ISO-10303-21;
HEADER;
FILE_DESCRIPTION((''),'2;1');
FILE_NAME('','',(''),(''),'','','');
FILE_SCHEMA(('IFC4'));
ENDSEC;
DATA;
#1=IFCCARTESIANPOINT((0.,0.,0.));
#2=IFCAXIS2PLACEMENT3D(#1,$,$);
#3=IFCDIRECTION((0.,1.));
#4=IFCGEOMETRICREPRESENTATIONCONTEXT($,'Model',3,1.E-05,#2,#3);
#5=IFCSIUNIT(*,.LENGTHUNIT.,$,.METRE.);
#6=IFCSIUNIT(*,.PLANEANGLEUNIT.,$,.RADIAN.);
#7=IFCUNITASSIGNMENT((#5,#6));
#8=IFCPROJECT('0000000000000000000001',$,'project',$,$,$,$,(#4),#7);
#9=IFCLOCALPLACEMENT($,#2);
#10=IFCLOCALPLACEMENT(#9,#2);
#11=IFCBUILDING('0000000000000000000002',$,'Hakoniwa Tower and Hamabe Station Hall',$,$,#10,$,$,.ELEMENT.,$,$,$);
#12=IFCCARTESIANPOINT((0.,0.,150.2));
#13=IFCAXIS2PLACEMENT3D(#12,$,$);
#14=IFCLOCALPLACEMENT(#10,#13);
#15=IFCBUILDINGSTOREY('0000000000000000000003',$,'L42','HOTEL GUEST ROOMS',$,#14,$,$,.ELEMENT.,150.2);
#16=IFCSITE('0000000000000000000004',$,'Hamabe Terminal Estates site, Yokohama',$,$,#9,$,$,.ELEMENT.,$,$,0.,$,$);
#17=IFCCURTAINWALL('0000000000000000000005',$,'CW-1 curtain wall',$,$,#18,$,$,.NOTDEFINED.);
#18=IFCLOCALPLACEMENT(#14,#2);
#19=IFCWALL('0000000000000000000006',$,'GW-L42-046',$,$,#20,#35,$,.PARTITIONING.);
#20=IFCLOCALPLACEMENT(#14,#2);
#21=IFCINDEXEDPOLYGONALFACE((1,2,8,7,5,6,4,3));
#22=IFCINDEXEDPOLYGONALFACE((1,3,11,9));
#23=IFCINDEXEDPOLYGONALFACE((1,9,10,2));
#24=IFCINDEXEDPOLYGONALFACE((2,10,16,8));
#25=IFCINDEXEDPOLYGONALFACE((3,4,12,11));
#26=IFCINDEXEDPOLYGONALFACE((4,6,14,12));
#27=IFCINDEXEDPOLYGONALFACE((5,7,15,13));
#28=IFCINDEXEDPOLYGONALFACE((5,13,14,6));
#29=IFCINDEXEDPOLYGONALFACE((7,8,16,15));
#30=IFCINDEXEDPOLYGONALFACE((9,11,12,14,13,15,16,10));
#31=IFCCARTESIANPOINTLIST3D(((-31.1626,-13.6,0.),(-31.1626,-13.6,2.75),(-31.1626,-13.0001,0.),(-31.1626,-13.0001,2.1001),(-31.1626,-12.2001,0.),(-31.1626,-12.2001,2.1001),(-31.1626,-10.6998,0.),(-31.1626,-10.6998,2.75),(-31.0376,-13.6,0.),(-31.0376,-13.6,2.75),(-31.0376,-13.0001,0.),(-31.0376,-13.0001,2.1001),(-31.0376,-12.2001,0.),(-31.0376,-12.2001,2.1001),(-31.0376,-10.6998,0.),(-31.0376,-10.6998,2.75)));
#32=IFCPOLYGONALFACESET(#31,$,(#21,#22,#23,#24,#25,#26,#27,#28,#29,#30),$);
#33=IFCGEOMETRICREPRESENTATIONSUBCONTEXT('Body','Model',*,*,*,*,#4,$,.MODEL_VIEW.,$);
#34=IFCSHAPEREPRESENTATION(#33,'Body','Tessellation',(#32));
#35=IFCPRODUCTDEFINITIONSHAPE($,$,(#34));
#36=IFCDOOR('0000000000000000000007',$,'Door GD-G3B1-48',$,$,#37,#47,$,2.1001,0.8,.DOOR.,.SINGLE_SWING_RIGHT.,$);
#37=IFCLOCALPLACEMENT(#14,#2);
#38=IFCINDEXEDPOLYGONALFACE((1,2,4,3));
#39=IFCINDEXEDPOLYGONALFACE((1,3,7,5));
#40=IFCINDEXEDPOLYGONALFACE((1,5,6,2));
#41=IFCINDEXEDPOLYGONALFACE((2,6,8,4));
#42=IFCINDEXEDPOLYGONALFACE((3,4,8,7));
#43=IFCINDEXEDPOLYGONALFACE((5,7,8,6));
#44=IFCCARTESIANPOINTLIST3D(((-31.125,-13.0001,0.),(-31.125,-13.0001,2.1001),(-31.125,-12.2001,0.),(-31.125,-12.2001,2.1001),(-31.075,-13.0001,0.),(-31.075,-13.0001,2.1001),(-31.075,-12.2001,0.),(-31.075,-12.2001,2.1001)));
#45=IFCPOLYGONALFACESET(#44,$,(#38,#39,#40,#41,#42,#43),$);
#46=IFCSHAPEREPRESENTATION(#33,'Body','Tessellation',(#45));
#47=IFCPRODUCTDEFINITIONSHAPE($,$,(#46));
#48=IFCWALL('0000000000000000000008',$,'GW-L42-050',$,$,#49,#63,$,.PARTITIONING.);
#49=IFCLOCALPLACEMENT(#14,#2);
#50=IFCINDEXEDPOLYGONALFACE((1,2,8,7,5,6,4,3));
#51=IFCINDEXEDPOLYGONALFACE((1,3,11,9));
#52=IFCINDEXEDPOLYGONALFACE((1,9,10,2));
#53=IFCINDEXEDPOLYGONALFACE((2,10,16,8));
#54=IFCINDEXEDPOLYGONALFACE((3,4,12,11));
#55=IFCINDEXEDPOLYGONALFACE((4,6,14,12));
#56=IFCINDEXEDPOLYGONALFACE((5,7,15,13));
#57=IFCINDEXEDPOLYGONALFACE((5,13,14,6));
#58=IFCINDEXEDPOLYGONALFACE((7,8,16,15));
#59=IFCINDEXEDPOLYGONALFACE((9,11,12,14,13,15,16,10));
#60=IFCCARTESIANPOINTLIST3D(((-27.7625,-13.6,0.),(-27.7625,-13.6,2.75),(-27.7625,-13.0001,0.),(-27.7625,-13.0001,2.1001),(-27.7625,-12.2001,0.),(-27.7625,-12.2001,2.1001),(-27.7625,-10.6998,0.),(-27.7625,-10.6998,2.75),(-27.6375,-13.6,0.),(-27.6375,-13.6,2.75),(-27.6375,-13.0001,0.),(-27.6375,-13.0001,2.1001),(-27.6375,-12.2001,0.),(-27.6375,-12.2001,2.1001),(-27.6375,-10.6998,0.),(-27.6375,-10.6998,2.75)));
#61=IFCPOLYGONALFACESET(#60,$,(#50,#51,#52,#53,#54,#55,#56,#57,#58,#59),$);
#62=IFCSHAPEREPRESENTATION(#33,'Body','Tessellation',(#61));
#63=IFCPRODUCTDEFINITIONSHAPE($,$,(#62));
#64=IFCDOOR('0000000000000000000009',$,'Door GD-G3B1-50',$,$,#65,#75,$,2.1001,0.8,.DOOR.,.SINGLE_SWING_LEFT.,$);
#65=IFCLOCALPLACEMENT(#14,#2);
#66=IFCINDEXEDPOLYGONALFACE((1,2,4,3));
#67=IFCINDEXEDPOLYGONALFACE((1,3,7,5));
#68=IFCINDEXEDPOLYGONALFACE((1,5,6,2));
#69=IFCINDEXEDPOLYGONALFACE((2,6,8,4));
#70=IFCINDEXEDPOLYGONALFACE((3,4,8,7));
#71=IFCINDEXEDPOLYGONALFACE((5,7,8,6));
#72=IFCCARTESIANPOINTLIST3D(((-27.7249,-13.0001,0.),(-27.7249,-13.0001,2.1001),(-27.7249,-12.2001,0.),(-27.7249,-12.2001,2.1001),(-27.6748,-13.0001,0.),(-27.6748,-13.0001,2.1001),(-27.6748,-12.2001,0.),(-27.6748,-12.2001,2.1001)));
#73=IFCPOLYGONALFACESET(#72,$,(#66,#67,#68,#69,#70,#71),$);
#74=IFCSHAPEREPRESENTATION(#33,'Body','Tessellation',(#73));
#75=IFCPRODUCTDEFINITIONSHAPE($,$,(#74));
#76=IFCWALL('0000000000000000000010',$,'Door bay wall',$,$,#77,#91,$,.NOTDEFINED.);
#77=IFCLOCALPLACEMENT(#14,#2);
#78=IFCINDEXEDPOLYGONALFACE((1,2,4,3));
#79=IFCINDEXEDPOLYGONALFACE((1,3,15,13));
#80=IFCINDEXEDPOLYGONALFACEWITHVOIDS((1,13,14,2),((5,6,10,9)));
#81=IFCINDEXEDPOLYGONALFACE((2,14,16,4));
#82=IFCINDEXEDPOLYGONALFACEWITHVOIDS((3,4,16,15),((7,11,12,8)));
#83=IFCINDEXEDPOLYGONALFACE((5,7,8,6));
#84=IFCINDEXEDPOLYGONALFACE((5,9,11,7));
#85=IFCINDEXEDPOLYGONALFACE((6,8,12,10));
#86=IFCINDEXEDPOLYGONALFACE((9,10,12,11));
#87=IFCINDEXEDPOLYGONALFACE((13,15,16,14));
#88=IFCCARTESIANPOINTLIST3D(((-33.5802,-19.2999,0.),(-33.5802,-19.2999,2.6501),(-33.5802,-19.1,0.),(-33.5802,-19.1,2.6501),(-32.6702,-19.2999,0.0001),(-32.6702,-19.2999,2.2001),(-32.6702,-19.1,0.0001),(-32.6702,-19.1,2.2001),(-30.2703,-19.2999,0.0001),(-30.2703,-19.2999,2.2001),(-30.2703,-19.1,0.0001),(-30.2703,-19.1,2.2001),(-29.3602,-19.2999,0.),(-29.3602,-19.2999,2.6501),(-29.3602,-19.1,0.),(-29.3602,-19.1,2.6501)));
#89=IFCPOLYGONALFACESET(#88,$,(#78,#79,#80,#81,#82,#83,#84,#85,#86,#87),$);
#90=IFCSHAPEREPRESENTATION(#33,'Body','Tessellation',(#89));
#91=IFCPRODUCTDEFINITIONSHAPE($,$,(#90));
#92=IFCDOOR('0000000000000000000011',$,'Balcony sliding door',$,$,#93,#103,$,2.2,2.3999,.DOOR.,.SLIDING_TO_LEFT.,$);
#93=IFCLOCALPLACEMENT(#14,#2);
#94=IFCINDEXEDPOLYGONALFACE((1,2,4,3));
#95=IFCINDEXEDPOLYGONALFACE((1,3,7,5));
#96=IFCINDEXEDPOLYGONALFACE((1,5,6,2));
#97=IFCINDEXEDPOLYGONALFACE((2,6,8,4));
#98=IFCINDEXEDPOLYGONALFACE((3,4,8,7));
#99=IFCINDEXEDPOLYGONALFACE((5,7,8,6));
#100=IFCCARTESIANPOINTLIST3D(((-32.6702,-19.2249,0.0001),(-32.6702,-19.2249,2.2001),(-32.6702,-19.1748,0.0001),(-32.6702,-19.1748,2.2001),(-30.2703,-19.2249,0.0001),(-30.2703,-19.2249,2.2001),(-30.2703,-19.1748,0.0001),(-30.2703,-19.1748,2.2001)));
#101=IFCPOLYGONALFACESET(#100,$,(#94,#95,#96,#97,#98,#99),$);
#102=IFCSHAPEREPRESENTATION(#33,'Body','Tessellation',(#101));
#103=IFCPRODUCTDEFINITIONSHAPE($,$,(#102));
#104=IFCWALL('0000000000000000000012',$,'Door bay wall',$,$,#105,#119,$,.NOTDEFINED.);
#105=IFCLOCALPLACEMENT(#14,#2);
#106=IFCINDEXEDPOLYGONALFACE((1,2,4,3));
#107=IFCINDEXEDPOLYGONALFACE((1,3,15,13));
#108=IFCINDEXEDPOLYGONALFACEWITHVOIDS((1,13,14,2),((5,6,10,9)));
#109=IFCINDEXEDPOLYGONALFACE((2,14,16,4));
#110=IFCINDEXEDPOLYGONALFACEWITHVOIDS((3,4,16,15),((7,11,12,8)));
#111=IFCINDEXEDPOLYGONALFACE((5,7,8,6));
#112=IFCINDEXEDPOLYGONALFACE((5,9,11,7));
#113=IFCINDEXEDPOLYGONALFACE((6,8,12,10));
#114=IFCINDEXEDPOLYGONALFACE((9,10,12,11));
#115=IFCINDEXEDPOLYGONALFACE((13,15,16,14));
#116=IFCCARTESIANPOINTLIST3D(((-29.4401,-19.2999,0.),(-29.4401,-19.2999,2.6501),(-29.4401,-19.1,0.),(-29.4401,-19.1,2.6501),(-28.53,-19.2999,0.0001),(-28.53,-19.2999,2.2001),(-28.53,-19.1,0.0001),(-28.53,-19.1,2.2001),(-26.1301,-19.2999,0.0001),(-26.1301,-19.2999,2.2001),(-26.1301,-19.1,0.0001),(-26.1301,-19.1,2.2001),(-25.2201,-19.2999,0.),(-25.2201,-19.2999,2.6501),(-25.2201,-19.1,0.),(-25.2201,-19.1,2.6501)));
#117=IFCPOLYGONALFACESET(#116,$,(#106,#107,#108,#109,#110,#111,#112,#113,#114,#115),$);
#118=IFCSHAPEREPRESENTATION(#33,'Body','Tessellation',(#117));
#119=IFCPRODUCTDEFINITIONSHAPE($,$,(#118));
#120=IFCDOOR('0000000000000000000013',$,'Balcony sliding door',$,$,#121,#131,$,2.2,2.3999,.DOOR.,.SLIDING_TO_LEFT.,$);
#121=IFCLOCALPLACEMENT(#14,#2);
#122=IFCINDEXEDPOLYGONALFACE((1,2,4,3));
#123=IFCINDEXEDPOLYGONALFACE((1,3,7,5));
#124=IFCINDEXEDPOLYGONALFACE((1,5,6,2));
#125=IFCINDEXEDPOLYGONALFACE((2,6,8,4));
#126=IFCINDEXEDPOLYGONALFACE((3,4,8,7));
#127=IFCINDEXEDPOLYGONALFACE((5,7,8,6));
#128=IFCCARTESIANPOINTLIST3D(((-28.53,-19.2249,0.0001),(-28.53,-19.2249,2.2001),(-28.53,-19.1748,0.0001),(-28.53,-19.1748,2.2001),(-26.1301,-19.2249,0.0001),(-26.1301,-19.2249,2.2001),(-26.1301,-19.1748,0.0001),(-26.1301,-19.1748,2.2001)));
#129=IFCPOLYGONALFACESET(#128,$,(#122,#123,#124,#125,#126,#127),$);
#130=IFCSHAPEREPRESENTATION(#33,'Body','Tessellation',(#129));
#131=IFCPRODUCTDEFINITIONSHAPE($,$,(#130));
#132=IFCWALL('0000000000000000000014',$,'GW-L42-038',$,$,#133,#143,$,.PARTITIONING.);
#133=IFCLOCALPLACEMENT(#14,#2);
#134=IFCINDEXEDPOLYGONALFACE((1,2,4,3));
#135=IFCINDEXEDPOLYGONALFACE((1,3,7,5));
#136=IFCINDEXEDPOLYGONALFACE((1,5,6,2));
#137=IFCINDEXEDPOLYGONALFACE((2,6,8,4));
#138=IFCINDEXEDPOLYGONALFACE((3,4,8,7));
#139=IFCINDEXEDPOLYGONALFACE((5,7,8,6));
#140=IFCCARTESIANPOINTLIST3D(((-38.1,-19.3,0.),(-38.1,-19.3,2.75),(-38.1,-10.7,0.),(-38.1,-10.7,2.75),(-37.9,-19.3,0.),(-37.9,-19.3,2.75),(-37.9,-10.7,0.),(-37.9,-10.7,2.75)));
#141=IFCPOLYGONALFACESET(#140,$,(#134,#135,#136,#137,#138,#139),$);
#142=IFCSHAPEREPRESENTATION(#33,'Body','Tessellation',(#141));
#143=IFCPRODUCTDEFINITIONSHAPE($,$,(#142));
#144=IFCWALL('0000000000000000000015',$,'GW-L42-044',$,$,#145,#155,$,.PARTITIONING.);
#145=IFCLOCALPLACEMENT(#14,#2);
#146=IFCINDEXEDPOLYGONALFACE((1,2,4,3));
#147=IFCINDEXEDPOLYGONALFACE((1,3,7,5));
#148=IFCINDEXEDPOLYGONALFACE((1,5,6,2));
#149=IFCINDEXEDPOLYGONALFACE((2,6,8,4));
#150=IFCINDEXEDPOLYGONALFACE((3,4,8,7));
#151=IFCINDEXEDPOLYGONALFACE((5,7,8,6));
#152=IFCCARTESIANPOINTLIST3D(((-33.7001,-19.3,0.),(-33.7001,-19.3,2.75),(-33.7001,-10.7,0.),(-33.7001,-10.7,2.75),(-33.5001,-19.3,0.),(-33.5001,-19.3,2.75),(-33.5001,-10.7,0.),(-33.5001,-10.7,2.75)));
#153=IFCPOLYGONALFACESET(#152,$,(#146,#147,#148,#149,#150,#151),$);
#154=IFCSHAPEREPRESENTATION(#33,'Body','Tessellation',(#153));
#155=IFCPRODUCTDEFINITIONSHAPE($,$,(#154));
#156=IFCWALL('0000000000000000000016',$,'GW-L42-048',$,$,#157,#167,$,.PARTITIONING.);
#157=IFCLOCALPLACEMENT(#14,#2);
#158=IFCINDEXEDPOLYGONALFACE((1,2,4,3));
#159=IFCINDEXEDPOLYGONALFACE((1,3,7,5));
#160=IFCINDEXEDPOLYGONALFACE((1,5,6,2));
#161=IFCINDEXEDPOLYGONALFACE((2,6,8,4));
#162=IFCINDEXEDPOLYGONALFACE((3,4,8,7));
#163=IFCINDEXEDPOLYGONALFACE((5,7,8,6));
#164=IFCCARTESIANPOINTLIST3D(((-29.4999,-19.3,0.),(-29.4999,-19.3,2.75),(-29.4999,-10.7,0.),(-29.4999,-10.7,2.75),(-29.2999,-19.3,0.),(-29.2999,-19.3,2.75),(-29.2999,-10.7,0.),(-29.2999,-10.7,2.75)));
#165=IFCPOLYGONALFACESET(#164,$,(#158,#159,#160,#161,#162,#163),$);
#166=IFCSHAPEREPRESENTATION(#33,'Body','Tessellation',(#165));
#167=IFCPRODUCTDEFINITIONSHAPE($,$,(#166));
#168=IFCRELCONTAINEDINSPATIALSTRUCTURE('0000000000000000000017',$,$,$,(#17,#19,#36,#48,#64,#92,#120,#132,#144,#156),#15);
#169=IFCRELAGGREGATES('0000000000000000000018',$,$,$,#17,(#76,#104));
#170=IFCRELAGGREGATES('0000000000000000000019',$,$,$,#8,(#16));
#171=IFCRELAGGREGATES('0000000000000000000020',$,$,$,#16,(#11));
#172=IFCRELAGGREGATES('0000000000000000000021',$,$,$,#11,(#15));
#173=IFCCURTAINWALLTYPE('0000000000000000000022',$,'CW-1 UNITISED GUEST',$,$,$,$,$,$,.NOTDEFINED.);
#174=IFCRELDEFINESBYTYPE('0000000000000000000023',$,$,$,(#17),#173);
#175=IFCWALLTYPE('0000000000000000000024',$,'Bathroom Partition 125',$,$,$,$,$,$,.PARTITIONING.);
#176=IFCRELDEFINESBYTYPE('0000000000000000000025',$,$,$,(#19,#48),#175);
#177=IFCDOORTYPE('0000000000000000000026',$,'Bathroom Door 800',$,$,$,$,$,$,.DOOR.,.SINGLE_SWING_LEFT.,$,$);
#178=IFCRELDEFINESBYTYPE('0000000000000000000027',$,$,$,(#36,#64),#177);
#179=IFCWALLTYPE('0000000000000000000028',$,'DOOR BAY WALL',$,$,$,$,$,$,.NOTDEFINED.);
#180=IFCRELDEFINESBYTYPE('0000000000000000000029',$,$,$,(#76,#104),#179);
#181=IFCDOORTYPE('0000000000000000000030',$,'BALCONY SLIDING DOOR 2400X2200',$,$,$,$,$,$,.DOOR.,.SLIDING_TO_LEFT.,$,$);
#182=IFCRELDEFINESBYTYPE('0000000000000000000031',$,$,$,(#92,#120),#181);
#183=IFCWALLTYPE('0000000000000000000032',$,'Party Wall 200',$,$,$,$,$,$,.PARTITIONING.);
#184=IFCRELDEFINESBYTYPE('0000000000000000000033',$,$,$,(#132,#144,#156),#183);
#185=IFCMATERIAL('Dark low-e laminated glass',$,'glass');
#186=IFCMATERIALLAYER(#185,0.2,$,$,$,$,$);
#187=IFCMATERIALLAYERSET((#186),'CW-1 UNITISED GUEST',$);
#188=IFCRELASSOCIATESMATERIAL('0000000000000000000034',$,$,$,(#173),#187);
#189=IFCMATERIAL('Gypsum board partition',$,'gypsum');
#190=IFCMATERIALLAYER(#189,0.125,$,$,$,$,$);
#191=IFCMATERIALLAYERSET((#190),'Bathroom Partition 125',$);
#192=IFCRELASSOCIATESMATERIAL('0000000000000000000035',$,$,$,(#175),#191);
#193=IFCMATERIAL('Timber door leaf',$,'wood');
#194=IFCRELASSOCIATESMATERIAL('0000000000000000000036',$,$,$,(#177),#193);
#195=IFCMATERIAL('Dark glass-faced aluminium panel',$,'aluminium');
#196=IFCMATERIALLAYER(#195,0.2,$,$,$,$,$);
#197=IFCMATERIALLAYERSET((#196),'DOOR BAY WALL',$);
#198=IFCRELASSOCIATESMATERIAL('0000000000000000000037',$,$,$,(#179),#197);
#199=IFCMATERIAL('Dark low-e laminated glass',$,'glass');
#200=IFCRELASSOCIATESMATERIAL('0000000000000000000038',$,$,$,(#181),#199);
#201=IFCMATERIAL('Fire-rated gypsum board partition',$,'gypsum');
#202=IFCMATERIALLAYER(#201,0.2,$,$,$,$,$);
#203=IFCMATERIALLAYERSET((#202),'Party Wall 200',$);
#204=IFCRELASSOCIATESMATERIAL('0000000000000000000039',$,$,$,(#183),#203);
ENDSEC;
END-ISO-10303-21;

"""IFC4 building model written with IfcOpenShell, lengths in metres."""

from ifc_helpers import new_model, si_unit, direction, frame, frame_2d, origin, place, context, subcontext, project, spatial, rectangle, extrude, material, layer, layer_set, type_object, element, fill, aggregate, save


model = new_model("IFC4")

# Units and contexts
model_context = context("Model", 3, precision=1e-05, world=origin(), true_north=direction((0.0, 1.0)))
body_context = subcontext(model_context, "Body", "Model", "MODEL_VIEW")
ifc_project = project(units=[si_unit("LENGTHUNIT", "METRE"), si_unit("PLANEANGLEUNIT", "RADIAN")], contexts=[model_context])

# Site, building, storey
site_placement = place(None, origin())
site = spatial("IfcSite", under=ifc_project, at=site_placement, Name="Hamabe Terminal Estates site, Yokohama", CompositionType="ELEMENT", RefElevation=0.0)
building_placement = place(site_placement, origin())
building = spatial("IfcBuilding", under=site, at=building_placement, Name="Hakoniwa Tower and Hamabe Station Hall", CompositionType="ELEMENT")
storey_placement = place(building_placement, frame((0.0, 0.0, 150.2)))
storey = spatial("IfcBuildingStorey", under=building, at=storey_placement, Name="L42", Description="HOTEL GUEST ROOMS", CompositionType="ELEMENT", Elevation=150.2)

# Curtain wall
ifc_material_1 = material(Name="Dark low-e laminated glass", Category="glass")
ifc_layer_1 = layer(ifc_material_1, 0.2)
ifc_layer_set_1 = layer_set([ifc_layer_1], Name="CW-1 UNITISED GUEST")
curtain_wall_type = type_object("IfcCurtainWallType", Name="CW-1 UNITISED GUEST", PredefinedType="NOTDEFINED", material=ifc_layer_set_1)
curtain_wall_1_placement = place(storey_placement, origin())
curtain_wall_1 = element("IfcCurtainWall", 1, at=curtain_wall_1_placement, inside=storey, type_object=curtain_wall_type, Name="CW-1 curtain wall", PredefinedType="NOTDEFINED")

# Shared definitions
ifc_material_2 = material(Name="Gypsum board partition", Category="gypsum")
ifc_layer_2 = layer(ifc_material_2, 0.125)
ifc_layer_set_2 = layer_set([ifc_layer_2], Name="Bathroom Partition 125")
wall_type_1 = type_object("IfcWallType", Name="Bathroom Partition 125", PredefinedType="PARTITIONING", material=ifc_layer_set_2)

# Walls, openings, doors
ifc_material_3 = material(Name="Timber door leaf", Category="wood")
door_type_1 = type_object("IfcDoorType", Name="Bathroom Door 800", OperationType="SINGLE_SWING_LEFT", PredefinedType="DOOR", material=ifc_material_3)
wall_1_placement = place(storey_placement, frame((-31.1001, -13.6001, 0.0), z_axis=(0.0, 0.0, 1.0), x_axis=(0.0, 1.0, 0.0)))
wall_1 = element("IfcWall", 2, at=wall_1_placement, inside=storey, type_object=wall_type_1, Name="GW-L42-046", PredefinedType="PARTITIONING", context=body_context, shape_type="SweptSolid", body=[
    extrude(rectangle(XDim=2.9001, YDim=0.125, at=frame_2d((1.4502, 0.0))), origin(), (0.0, 0.0, 1.0), 2.75),
])
opening_1_placement = place(wall_1_placement, frame((0.6001, 0.0, 0.0)))
opening_1 = element("IfcOpeningElement", 3, at=opening_1_placement, cuts=wall_1, PredefinedType="OPENING", context=body_context, shape_type="SweptSolid", body=[
    extrude(rectangle(XDim=0.8, YDim=2.1001, at=frame_2d((0.3999, 1.05))), frame((0.0, 0.0725, 0.0), z_axis=(0.0, -1.0, 0.0), x_axis=(1.0, 0.0, 0.0)), (0.0, 0.0, 1.0), 0.145),
])
door_1_placement = place(opening_1_placement, origin())
door_1 = element("IfcDoor", 4, at=door_1_placement, inside=storey, type_object=door_type_1, Name="Door GD-G3B1-48", OperationType="SINGLE_SWING_RIGHT", OverallHeight=2.1001, OverallWidth=0.8, PredefinedType="DOOR", context=body_context, shape_type="SweptSolid", body=[
    extrude(rectangle(XDim=0.8, YDim=2.1001, at=frame_2d((0.3999, 1.05))), frame((0.0, 0.0249, 0.0), z_axis=(0.0, -1.0, 0.0), x_axis=(1.0, 0.0, 0.0)), (0.0, 0.0, 1.0), 0.05),
])
fill(opening_1, door_1)
wall_2_placement = place(storey_placement, frame((-27.7, -13.6001, 0.0), z_axis=(0.0, 0.0, 1.0), x_axis=(0.0, 1.0, 0.0)))
wall_2 = element("IfcWall", 5, at=wall_2_placement, inside=storey, type_object=wall_type_1, Name="GW-L42-050", PredefinedType="PARTITIONING", context=body_context, shape_type="SweptSolid", body=[
    extrude(rectangle(XDim=2.9001, YDim=0.125, at=frame_2d((1.4502, 0.0))), origin(), (0.0, 0.0, 1.0), 2.75),
])
opening_2_placement = place(wall_2_placement, frame((0.6001, 0.0, 0.0)))
opening_2 = element("IfcOpeningElement", 6, at=opening_2_placement, cuts=wall_2, PredefinedType="OPENING", context=body_context, shape_type="SweptSolid", body=[
    extrude(rectangle(XDim=0.8, YDim=2.1001, at=frame_2d((0.3999, 1.05))), frame((0.0, 0.0725, 0.0), z_axis=(0.0, -1.0, 0.0), x_axis=(1.0, 0.0, 0.0)), (0.0, 0.0, 1.0), 0.145),
])
door_2_placement = place(opening_2_placement, origin())
door_2 = element("IfcDoor", 7, at=door_2_placement, inside=storey, type_object=door_type_1, Name="Door GD-G3B1-50", OperationType="SINGLE_SWING_LEFT", OverallHeight=2.1001, OverallWidth=0.8, PredefinedType="DOOR", context=body_context, shape_type="SweptSolid", body=[
    extrude(rectangle(XDim=0.8, YDim=2.1001, at=frame_2d((0.3999, 1.05))), frame((0.0, 0.0249, 0.0), z_axis=(0.0, -1.0, 0.0), x_axis=(1.0, 0.0, 0.0)), (0.0, 0.0, 1.0), 0.05),
])
fill(opening_2, door_2)
ifc_material_4 = material(Name="Dark glass-faced aluminium panel", Category="aluminium")
ifc_layer_3 = layer(ifc_material_4, 0.2)
ifc_layer_set_3 = layer_set([ifc_layer_3], Name="DOOR BAY WALL")
wall_type_2 = type_object("IfcWallType", Name="DOOR BAY WALL", PredefinedType="NOTDEFINED", material=ifc_layer_set_3)
wall_3_placement = place(storey_placement, frame((-33.5801, -19.2, 0.0), z_axis=(0.0, 0.0, 1.0), x_axis=(1.0, 0.0, 0.0)))
wall_3 = element("IfcWall", 8, at=wall_3_placement, type_object=wall_type_2, Name="Door bay wall", PredefinedType="NOTDEFINED", context=body_context, shape_type="SweptSolid", body=[
    extrude(rectangle(XDim=4.22, YDim=0.2, at=frame_2d((2.1099, 0.0))), origin(), (0.0, 0.0, 1.0), 2.6501),
])
opening_3_placement = place(wall_3_placement, frame((0.9099, 0.0, 0.0)))
opening_3 = element("IfcOpeningElement", 9, at=opening_3_placement, cuts=wall_3, PredefinedType="OPENING", context=body_context, shape_type="SweptSolid", body=[
    extrude(rectangle(XDim=2.3999, YDim=2.2, at=frame_2d((1.2, 1.1001))), frame((0.0, 0.1099, 0.0), z_axis=(0.0, -1.0, 0.0), x_axis=(1.0, 0.0, 0.0)), (0.0, 0.0, 1.0), 0.22),
])
ifc_material_5 = material(Name="Dark low-e laminated glass", Category="glass")
door_type_2 = type_object("IfcDoorType", Name="BALCONY SLIDING DOOR 2400X2200", OperationType="SLIDING_TO_LEFT", PredefinedType="DOOR", material=ifc_material_5)
door_3_placement = place(opening_3_placement, frame((2.3999, 0.0, 0.0), z_axis=(0.0, 0.0, 1.0), x_axis=(-1.0, 0.0, 0.0)))
door_3 = element("IfcDoor", 10, at=door_3_placement, inside=storey, type_object=door_type_2, Name="Balcony sliding door", OperationType="SLIDING_TO_LEFT", OverallHeight=2.2, OverallWidth=2.3999, PredefinedType="DOOR", context=body_context, shape_type="SweptSolid", body=[
    extrude(rectangle(XDim=2.3999, YDim=2.2, at=frame_2d((1.2, 1.1001))), frame((0.0, 0.0249, 0.0), z_axis=(0.0, -1.0, 0.0), x_axis=(1.0, 0.0, 0.0)), (0.0, 0.0, 1.0), 0.05),
])
fill(opening_3, door_3)
wall_4_placement = place(storey_placement, frame((-29.4399, -19.2, 0.0), z_axis=(0.0, 0.0, 1.0), x_axis=(1.0, 0.0, 0.0)))
wall_4 = element("IfcWall", 11, at=wall_4_placement, type_object=wall_type_2, Name="Door bay wall", PredefinedType="NOTDEFINED", context=body_context, shape_type="SweptSolid", body=[
    extrude(rectangle(XDim=4.22, YDim=0.2, at=frame_2d((2.1099, 0.0))), origin(), (0.0, 0.0, 1.0), 2.6501),
])
opening_4_placement = place(wall_4_placement, frame((0.9099, 0.0, 0.0)))
opening_4 = element("IfcOpeningElement", 12, at=opening_4_placement, cuts=wall_4, PredefinedType="OPENING", context=body_context, shape_type="SweptSolid", body=[
    extrude(rectangle(XDim=2.3999, YDim=2.2, at=frame_2d((1.2, 1.1001))), frame((0.0, 0.1099, 0.0), z_axis=(0.0, -1.0, 0.0), x_axis=(1.0, 0.0, 0.0)), (0.0, 0.0, 1.0), 0.22),
])
door_4_placement = place(opening_4_placement, frame((2.3999, 0.0, 0.0), z_axis=(0.0, 0.0, 1.0), x_axis=(-1.0, 0.0, 0.0)))
door_4 = element("IfcDoor", 13, at=door_4_placement, inside=storey, type_object=door_type_2, Name="Balcony sliding door", OperationType="SLIDING_TO_LEFT", OverallHeight=2.2, OverallWidth=2.3999, PredefinedType="DOOR", context=body_context, shape_type="SweptSolid", body=[
    extrude(rectangle(XDim=2.3999, YDim=2.2, at=frame_2d((1.2, 1.1001))), frame((0.0, 0.0249, 0.0), z_axis=(0.0, -1.0, 0.0), x_axis=(1.0, 0.0, 0.0)), (0.0, 0.0, 1.0), 0.05),
])
fill(opening_4, door_4)
aggregate(curtain_wall_1, [wall_3, wall_4])

# Walls
ifc_material_6 = material(Name="Fire-rated gypsum board partition", Category="gypsum")
ifc_layer_4 = layer(ifc_material_6, 0.2)
ifc_layer_set_4 = layer_set([ifc_layer_4], Name="Party Wall 200")
wall_type_3 = type_object("IfcWallType", Name="Party Wall 200", PredefinedType="PARTITIONING", material=ifc_layer_set_4)
for number, where, z_axis, x_axis, name in (
    (14, (-38.0, -19.3, 0.0), (0.0, 0.0, 1.0), (0.0, 1.0, 0.0), "GW-L42-038"),
    (15, (-33.6001, -19.3, 0.0), (0.0, 0.0, 1.0), (0.0, 1.0, 0.0), "GW-L42-044"),
    (16, (-29.3999, -19.3, 0.0), (0.0, 0.0, 1.0), (0.0, 1.0, 0.0), "GW-L42-048"),
):
    element("IfcWall", number, at=place(storey_placement, frame(where, z_axis=z_axis, x_axis=x_axis)), inside=storey, type_object=wall_type_3, Name=name, PredefinedType="PARTITIONING", context=body_context, shape_type="SweptSolid", body=[
        extrude(rectangle(XDim=8.6001, YDim=0.2, at=frame_2d((4.3, 0.0))), origin(), (0.0, 0.0, 1.0), 2.75),
    ])

save(model, "model.ifc")
